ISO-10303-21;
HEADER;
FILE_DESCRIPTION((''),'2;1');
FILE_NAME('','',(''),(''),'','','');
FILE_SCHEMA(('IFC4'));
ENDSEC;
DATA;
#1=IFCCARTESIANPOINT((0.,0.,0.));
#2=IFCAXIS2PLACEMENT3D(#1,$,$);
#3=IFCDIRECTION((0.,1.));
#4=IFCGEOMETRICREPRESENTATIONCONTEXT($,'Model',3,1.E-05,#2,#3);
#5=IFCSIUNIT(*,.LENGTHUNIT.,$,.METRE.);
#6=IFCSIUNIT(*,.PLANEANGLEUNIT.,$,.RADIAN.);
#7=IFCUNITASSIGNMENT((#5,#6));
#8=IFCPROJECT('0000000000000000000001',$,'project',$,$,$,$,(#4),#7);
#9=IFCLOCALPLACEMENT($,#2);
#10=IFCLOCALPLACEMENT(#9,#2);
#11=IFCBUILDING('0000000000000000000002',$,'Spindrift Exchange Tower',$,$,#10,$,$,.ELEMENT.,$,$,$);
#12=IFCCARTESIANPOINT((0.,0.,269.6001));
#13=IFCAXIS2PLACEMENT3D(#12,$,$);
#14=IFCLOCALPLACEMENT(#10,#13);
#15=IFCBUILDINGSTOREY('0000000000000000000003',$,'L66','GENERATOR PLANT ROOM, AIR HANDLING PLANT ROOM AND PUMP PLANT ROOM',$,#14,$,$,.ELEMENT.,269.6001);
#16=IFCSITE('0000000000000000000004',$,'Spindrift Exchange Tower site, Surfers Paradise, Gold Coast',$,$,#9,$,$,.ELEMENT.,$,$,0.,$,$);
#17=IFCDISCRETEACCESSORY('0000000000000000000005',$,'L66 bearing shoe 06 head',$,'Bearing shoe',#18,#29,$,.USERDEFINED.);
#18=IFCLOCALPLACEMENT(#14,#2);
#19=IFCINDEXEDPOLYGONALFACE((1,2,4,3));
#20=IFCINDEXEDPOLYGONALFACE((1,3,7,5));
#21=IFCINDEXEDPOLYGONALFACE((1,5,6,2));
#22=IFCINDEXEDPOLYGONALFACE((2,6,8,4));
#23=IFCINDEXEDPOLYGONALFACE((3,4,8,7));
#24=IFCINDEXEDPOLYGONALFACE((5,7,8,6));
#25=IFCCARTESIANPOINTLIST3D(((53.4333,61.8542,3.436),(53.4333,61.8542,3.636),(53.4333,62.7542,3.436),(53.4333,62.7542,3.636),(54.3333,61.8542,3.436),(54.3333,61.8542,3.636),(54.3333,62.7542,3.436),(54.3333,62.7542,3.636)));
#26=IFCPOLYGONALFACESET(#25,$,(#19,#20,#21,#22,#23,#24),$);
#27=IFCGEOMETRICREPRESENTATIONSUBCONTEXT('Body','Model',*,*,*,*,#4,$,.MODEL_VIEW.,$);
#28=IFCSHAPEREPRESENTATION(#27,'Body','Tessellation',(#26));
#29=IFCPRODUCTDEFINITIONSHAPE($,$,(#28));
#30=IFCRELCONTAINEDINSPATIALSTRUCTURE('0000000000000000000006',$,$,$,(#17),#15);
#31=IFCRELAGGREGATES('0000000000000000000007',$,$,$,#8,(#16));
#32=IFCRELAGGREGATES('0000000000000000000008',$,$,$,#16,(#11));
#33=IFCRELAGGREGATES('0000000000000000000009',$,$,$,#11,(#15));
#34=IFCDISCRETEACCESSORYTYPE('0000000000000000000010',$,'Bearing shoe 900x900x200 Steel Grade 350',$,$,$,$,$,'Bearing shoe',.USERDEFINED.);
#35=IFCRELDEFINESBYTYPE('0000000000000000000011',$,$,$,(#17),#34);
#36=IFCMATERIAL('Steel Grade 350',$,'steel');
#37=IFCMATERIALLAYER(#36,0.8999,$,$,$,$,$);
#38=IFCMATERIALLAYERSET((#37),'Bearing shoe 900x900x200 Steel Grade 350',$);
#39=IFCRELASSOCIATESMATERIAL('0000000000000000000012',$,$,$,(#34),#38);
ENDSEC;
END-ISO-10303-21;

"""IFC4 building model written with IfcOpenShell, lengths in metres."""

from ifc_helpers import new_model, si_unit, direction, frame, origin, origin_2d, place, context, subcontext, project, spatial, rectangle, extrude, source, transform, mapped, material, layer, layer_set, type_object, element, save


model = new_model("IFC4")

# Units and contexts
model_context = context("Model", 3, precision=1e-05, world=origin(), true_north=direction((0.0, 1.0)))
body_context = subcontext(model_context, "Body", "Model", "MODEL_VIEW")
ifc_project = project(units=[si_unit("LENGTHUNIT", "METRE"), si_unit("PLANEANGLEUNIT", "RADIAN")], contexts=[model_context])

# Site, building, storey
site_placement = place(None, origin())
site = spatial("IfcSite", under=ifc_project, at=site_placement, Name="Spindrift Exchange Tower site, Surfers Paradise, Gold Coast", CompositionType="ELEMENT", RefElevation=0.0)
building_placement = place(site_placement, origin())
building = spatial("IfcBuilding", under=site, at=building_placement, Name="Spindrift Exchange Tower", CompositionType="ELEMENT")
storey_placement = place(building_placement, frame((0.0, 0.0, 269.6001)))
storey = spatial("IfcBuildingStorey", under=building, at=storey_placement, Name="L66", Description="GENERATOR PLANT ROOM, AIR HANDLING PLANT ROOM AND PUMP PLANT ROOM", CompositionType="ELEMENT", Elevation=269.6001)

# Discrete accessory
ifc_material_1 = material(Name="Steel Grade 350", Category="steel")
ifc_layer_1 = layer(ifc_material_1, 0.8999)
ifc_layer_set_1 = layer_set([ifc_layer_1], Name="Bearing shoe 900x900x200 Steel Grade 350")
discrete_accessory_type = type_object("IfcDiscreteAccessoryType", Name="Bearing shoe 900x900x200 Steel Grade 350", ElementType="Bearing shoe", PredefinedType="USERDEFINED", material=ifc_layer_set_1)
shared_shape_1 = source(origin(), body_context, "Body", "SweptSolid", [
    extrude(rectangle(XDim=0.8999, YDim=0.8999, at=origin_2d()), origin(), (0.0, 0.0, 1.0), 0.2),
])
for number, where, z_axis, x_axis, name in (
    (1, (53.8833, 62.3042, 3.436), (0.0, 0.0, 1.0), (1.0, 0.0, 0.0), "L66 bearing shoe 06 head"),
):
    element("IfcDiscreteAccessory", number, at=place(storey_placement, frame(where, z_axis=z_axis, x_axis=x_axis)), inside=storey, type_object=discrete_accessory_type, Name=name, ObjectType="Bearing shoe", PredefinedType="USERDEFINED", context=body_context, shape_type="MappedRepresentation", body=[
        mapped(shared_shape_1, transform((0.0, 0.0, 0.0), scale=1.0)),
    ])

save(model, "model.ifc")
